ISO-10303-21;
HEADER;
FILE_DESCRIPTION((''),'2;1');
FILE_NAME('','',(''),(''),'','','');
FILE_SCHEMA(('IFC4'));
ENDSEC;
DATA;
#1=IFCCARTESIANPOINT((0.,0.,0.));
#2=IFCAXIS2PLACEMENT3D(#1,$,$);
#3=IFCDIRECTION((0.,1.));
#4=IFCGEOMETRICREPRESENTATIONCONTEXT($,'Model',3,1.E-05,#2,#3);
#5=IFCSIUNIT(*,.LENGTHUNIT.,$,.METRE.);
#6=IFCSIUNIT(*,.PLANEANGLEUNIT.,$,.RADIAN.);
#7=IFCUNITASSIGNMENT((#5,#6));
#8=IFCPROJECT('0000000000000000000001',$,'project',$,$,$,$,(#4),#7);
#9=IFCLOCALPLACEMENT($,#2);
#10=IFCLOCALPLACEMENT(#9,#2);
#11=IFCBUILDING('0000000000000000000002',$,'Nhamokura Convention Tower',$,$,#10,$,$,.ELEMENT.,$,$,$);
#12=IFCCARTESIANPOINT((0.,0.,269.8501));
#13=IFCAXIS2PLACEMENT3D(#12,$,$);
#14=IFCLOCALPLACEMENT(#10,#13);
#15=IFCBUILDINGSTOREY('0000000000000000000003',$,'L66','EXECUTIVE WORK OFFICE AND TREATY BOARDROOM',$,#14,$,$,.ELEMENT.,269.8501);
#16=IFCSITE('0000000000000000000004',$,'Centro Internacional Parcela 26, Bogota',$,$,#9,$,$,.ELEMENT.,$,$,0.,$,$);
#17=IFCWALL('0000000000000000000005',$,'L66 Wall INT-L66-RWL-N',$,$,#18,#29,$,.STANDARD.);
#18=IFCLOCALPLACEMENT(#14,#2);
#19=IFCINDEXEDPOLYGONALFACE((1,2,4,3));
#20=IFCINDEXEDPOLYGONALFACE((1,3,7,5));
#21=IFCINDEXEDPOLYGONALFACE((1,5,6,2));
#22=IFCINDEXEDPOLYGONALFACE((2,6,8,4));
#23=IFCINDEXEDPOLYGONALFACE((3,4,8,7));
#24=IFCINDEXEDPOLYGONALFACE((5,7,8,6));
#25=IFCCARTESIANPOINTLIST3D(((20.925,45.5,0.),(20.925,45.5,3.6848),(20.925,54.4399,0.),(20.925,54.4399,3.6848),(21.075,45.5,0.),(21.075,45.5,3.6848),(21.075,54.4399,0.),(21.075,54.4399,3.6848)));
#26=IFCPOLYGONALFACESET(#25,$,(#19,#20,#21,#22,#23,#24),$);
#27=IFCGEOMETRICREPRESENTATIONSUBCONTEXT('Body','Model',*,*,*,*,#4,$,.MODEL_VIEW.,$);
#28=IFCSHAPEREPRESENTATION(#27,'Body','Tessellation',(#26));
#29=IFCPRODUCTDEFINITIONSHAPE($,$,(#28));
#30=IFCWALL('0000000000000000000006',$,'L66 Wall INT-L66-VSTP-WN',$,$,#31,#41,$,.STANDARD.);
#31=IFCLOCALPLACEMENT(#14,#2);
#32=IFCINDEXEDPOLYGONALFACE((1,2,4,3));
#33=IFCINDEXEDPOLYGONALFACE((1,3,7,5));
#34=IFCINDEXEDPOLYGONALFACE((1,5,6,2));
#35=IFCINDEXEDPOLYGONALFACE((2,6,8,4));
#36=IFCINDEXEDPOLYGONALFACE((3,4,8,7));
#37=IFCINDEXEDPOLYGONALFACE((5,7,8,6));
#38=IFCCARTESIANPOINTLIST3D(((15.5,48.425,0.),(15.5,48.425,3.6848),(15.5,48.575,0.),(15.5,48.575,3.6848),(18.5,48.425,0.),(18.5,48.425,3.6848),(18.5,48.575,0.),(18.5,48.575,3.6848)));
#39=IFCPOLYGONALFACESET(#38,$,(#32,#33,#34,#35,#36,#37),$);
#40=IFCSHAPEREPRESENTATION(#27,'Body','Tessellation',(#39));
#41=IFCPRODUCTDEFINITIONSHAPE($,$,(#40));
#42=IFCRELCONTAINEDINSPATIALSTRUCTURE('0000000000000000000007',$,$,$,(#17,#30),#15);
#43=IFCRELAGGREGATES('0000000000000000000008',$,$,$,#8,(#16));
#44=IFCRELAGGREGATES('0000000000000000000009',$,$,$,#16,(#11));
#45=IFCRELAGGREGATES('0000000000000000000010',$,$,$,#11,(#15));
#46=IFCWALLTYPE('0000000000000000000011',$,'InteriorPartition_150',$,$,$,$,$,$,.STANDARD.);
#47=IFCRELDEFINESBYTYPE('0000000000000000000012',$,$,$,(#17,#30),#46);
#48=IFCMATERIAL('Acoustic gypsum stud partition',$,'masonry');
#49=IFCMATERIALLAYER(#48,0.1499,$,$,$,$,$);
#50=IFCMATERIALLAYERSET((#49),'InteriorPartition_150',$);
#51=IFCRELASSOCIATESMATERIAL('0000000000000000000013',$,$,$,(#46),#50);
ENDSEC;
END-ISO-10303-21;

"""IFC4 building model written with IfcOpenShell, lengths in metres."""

from ifc_helpers import new_model, si_unit, direction, frame, frame_2d, origin, place, context, subcontext, project, spatial, rectangle, extrude, material, layer, layer_set, type_object, element, save


model = new_model("IFC4")

# Units and contexts
model_context = context("Model", 3, precision=1e-05, world=origin(), true_north=direction((0.0, 1.0)))
body_context = subcontext(model_context, "Body", "Model", "MODEL_VIEW")
ifc_project = project(units=[si_unit("LENGTHUNIT", "METRE"), si_unit("PLANEANGLEUNIT", "RADIAN")], contexts=[model_context])

# Site, building, storey
site_placement = place(None, origin())
site = spatial("IfcSite", under=ifc_project, at=site_placement, Name="Centro Internacional Parcela 26, Bogota", CompositionType="ELEMENT", RefElevation=0.0)
building_placement = place(site_placement, origin())
building = spatial("IfcBuilding", under=site, at=building_placement, Name="Nhamokura Convention Tower", CompositionType="ELEMENT")
storey_placement = place(building_placement, frame((0.0, 0.0, 269.8501)))
storey = spatial("IfcBuildingStorey", under=building, at=storey_placement, Name="L66", Description="EXECUTIVE WORK OFFICE AND TREATY BOARDROOM", CompositionType="ELEMENT", Elevation=269.8501)

# Walls
ifc_material_1 = material(Name="Acoustic gypsum stud partition", Category="masonry")
ifc_layer_1 = layer(ifc_material_1, 0.1499)
ifc_layer_set_1 = layer_set([ifc_layer_1], Name="InteriorPartition_150")
wall_type_1 = type_object("IfcWallType", Name="InteriorPartition_150", PredefinedType="STANDARD", material=ifc_layer_set_1)
wall_1_placement = place(storey_placement, frame((21.0, 45.5, 0.0), z_axis=(0.0, 0.0, 1.0), x_axis=(0.0, 1.0, 0.0)))
element("IfcWall", 1, at=wall_1_placement, inside=storey, type_object=wall_type_1, Name="L66 Wall INT-L66-RWL-N", PredefinedType="STANDARD", context=body_context, shape_type="SweptSolid", body=[
    extrude(rectangle(XDim=8.9399, YDim=0.1499, at=frame_2d((4.47, 0.0))), origin(), (0.0, 0.0, 1.0), 3.6848),
])
wall_2_placement = place(storey_placement, frame((15.5, 48.5, 0.0), z_axis=(0.0, 0.0, 1.0), x_axis=(1.0, 0.0, 0.0)))
element("IfcWall", 2, at=wall_2_placement, inside=storey, type_object=wall_type_1, Name="L66 Wall INT-L66-VSTP-WN", PredefinedType="STANDARD", context=body_context, shape_type="SweptSolid", body=[
    extrude(rectangle(XDim=3.0, YDim=0.1499, at=frame_2d((1.5, 0.0))), origin(), (0.0, 0.0, 1.0), 3.6848),
])

save(model, "model.ifc")
